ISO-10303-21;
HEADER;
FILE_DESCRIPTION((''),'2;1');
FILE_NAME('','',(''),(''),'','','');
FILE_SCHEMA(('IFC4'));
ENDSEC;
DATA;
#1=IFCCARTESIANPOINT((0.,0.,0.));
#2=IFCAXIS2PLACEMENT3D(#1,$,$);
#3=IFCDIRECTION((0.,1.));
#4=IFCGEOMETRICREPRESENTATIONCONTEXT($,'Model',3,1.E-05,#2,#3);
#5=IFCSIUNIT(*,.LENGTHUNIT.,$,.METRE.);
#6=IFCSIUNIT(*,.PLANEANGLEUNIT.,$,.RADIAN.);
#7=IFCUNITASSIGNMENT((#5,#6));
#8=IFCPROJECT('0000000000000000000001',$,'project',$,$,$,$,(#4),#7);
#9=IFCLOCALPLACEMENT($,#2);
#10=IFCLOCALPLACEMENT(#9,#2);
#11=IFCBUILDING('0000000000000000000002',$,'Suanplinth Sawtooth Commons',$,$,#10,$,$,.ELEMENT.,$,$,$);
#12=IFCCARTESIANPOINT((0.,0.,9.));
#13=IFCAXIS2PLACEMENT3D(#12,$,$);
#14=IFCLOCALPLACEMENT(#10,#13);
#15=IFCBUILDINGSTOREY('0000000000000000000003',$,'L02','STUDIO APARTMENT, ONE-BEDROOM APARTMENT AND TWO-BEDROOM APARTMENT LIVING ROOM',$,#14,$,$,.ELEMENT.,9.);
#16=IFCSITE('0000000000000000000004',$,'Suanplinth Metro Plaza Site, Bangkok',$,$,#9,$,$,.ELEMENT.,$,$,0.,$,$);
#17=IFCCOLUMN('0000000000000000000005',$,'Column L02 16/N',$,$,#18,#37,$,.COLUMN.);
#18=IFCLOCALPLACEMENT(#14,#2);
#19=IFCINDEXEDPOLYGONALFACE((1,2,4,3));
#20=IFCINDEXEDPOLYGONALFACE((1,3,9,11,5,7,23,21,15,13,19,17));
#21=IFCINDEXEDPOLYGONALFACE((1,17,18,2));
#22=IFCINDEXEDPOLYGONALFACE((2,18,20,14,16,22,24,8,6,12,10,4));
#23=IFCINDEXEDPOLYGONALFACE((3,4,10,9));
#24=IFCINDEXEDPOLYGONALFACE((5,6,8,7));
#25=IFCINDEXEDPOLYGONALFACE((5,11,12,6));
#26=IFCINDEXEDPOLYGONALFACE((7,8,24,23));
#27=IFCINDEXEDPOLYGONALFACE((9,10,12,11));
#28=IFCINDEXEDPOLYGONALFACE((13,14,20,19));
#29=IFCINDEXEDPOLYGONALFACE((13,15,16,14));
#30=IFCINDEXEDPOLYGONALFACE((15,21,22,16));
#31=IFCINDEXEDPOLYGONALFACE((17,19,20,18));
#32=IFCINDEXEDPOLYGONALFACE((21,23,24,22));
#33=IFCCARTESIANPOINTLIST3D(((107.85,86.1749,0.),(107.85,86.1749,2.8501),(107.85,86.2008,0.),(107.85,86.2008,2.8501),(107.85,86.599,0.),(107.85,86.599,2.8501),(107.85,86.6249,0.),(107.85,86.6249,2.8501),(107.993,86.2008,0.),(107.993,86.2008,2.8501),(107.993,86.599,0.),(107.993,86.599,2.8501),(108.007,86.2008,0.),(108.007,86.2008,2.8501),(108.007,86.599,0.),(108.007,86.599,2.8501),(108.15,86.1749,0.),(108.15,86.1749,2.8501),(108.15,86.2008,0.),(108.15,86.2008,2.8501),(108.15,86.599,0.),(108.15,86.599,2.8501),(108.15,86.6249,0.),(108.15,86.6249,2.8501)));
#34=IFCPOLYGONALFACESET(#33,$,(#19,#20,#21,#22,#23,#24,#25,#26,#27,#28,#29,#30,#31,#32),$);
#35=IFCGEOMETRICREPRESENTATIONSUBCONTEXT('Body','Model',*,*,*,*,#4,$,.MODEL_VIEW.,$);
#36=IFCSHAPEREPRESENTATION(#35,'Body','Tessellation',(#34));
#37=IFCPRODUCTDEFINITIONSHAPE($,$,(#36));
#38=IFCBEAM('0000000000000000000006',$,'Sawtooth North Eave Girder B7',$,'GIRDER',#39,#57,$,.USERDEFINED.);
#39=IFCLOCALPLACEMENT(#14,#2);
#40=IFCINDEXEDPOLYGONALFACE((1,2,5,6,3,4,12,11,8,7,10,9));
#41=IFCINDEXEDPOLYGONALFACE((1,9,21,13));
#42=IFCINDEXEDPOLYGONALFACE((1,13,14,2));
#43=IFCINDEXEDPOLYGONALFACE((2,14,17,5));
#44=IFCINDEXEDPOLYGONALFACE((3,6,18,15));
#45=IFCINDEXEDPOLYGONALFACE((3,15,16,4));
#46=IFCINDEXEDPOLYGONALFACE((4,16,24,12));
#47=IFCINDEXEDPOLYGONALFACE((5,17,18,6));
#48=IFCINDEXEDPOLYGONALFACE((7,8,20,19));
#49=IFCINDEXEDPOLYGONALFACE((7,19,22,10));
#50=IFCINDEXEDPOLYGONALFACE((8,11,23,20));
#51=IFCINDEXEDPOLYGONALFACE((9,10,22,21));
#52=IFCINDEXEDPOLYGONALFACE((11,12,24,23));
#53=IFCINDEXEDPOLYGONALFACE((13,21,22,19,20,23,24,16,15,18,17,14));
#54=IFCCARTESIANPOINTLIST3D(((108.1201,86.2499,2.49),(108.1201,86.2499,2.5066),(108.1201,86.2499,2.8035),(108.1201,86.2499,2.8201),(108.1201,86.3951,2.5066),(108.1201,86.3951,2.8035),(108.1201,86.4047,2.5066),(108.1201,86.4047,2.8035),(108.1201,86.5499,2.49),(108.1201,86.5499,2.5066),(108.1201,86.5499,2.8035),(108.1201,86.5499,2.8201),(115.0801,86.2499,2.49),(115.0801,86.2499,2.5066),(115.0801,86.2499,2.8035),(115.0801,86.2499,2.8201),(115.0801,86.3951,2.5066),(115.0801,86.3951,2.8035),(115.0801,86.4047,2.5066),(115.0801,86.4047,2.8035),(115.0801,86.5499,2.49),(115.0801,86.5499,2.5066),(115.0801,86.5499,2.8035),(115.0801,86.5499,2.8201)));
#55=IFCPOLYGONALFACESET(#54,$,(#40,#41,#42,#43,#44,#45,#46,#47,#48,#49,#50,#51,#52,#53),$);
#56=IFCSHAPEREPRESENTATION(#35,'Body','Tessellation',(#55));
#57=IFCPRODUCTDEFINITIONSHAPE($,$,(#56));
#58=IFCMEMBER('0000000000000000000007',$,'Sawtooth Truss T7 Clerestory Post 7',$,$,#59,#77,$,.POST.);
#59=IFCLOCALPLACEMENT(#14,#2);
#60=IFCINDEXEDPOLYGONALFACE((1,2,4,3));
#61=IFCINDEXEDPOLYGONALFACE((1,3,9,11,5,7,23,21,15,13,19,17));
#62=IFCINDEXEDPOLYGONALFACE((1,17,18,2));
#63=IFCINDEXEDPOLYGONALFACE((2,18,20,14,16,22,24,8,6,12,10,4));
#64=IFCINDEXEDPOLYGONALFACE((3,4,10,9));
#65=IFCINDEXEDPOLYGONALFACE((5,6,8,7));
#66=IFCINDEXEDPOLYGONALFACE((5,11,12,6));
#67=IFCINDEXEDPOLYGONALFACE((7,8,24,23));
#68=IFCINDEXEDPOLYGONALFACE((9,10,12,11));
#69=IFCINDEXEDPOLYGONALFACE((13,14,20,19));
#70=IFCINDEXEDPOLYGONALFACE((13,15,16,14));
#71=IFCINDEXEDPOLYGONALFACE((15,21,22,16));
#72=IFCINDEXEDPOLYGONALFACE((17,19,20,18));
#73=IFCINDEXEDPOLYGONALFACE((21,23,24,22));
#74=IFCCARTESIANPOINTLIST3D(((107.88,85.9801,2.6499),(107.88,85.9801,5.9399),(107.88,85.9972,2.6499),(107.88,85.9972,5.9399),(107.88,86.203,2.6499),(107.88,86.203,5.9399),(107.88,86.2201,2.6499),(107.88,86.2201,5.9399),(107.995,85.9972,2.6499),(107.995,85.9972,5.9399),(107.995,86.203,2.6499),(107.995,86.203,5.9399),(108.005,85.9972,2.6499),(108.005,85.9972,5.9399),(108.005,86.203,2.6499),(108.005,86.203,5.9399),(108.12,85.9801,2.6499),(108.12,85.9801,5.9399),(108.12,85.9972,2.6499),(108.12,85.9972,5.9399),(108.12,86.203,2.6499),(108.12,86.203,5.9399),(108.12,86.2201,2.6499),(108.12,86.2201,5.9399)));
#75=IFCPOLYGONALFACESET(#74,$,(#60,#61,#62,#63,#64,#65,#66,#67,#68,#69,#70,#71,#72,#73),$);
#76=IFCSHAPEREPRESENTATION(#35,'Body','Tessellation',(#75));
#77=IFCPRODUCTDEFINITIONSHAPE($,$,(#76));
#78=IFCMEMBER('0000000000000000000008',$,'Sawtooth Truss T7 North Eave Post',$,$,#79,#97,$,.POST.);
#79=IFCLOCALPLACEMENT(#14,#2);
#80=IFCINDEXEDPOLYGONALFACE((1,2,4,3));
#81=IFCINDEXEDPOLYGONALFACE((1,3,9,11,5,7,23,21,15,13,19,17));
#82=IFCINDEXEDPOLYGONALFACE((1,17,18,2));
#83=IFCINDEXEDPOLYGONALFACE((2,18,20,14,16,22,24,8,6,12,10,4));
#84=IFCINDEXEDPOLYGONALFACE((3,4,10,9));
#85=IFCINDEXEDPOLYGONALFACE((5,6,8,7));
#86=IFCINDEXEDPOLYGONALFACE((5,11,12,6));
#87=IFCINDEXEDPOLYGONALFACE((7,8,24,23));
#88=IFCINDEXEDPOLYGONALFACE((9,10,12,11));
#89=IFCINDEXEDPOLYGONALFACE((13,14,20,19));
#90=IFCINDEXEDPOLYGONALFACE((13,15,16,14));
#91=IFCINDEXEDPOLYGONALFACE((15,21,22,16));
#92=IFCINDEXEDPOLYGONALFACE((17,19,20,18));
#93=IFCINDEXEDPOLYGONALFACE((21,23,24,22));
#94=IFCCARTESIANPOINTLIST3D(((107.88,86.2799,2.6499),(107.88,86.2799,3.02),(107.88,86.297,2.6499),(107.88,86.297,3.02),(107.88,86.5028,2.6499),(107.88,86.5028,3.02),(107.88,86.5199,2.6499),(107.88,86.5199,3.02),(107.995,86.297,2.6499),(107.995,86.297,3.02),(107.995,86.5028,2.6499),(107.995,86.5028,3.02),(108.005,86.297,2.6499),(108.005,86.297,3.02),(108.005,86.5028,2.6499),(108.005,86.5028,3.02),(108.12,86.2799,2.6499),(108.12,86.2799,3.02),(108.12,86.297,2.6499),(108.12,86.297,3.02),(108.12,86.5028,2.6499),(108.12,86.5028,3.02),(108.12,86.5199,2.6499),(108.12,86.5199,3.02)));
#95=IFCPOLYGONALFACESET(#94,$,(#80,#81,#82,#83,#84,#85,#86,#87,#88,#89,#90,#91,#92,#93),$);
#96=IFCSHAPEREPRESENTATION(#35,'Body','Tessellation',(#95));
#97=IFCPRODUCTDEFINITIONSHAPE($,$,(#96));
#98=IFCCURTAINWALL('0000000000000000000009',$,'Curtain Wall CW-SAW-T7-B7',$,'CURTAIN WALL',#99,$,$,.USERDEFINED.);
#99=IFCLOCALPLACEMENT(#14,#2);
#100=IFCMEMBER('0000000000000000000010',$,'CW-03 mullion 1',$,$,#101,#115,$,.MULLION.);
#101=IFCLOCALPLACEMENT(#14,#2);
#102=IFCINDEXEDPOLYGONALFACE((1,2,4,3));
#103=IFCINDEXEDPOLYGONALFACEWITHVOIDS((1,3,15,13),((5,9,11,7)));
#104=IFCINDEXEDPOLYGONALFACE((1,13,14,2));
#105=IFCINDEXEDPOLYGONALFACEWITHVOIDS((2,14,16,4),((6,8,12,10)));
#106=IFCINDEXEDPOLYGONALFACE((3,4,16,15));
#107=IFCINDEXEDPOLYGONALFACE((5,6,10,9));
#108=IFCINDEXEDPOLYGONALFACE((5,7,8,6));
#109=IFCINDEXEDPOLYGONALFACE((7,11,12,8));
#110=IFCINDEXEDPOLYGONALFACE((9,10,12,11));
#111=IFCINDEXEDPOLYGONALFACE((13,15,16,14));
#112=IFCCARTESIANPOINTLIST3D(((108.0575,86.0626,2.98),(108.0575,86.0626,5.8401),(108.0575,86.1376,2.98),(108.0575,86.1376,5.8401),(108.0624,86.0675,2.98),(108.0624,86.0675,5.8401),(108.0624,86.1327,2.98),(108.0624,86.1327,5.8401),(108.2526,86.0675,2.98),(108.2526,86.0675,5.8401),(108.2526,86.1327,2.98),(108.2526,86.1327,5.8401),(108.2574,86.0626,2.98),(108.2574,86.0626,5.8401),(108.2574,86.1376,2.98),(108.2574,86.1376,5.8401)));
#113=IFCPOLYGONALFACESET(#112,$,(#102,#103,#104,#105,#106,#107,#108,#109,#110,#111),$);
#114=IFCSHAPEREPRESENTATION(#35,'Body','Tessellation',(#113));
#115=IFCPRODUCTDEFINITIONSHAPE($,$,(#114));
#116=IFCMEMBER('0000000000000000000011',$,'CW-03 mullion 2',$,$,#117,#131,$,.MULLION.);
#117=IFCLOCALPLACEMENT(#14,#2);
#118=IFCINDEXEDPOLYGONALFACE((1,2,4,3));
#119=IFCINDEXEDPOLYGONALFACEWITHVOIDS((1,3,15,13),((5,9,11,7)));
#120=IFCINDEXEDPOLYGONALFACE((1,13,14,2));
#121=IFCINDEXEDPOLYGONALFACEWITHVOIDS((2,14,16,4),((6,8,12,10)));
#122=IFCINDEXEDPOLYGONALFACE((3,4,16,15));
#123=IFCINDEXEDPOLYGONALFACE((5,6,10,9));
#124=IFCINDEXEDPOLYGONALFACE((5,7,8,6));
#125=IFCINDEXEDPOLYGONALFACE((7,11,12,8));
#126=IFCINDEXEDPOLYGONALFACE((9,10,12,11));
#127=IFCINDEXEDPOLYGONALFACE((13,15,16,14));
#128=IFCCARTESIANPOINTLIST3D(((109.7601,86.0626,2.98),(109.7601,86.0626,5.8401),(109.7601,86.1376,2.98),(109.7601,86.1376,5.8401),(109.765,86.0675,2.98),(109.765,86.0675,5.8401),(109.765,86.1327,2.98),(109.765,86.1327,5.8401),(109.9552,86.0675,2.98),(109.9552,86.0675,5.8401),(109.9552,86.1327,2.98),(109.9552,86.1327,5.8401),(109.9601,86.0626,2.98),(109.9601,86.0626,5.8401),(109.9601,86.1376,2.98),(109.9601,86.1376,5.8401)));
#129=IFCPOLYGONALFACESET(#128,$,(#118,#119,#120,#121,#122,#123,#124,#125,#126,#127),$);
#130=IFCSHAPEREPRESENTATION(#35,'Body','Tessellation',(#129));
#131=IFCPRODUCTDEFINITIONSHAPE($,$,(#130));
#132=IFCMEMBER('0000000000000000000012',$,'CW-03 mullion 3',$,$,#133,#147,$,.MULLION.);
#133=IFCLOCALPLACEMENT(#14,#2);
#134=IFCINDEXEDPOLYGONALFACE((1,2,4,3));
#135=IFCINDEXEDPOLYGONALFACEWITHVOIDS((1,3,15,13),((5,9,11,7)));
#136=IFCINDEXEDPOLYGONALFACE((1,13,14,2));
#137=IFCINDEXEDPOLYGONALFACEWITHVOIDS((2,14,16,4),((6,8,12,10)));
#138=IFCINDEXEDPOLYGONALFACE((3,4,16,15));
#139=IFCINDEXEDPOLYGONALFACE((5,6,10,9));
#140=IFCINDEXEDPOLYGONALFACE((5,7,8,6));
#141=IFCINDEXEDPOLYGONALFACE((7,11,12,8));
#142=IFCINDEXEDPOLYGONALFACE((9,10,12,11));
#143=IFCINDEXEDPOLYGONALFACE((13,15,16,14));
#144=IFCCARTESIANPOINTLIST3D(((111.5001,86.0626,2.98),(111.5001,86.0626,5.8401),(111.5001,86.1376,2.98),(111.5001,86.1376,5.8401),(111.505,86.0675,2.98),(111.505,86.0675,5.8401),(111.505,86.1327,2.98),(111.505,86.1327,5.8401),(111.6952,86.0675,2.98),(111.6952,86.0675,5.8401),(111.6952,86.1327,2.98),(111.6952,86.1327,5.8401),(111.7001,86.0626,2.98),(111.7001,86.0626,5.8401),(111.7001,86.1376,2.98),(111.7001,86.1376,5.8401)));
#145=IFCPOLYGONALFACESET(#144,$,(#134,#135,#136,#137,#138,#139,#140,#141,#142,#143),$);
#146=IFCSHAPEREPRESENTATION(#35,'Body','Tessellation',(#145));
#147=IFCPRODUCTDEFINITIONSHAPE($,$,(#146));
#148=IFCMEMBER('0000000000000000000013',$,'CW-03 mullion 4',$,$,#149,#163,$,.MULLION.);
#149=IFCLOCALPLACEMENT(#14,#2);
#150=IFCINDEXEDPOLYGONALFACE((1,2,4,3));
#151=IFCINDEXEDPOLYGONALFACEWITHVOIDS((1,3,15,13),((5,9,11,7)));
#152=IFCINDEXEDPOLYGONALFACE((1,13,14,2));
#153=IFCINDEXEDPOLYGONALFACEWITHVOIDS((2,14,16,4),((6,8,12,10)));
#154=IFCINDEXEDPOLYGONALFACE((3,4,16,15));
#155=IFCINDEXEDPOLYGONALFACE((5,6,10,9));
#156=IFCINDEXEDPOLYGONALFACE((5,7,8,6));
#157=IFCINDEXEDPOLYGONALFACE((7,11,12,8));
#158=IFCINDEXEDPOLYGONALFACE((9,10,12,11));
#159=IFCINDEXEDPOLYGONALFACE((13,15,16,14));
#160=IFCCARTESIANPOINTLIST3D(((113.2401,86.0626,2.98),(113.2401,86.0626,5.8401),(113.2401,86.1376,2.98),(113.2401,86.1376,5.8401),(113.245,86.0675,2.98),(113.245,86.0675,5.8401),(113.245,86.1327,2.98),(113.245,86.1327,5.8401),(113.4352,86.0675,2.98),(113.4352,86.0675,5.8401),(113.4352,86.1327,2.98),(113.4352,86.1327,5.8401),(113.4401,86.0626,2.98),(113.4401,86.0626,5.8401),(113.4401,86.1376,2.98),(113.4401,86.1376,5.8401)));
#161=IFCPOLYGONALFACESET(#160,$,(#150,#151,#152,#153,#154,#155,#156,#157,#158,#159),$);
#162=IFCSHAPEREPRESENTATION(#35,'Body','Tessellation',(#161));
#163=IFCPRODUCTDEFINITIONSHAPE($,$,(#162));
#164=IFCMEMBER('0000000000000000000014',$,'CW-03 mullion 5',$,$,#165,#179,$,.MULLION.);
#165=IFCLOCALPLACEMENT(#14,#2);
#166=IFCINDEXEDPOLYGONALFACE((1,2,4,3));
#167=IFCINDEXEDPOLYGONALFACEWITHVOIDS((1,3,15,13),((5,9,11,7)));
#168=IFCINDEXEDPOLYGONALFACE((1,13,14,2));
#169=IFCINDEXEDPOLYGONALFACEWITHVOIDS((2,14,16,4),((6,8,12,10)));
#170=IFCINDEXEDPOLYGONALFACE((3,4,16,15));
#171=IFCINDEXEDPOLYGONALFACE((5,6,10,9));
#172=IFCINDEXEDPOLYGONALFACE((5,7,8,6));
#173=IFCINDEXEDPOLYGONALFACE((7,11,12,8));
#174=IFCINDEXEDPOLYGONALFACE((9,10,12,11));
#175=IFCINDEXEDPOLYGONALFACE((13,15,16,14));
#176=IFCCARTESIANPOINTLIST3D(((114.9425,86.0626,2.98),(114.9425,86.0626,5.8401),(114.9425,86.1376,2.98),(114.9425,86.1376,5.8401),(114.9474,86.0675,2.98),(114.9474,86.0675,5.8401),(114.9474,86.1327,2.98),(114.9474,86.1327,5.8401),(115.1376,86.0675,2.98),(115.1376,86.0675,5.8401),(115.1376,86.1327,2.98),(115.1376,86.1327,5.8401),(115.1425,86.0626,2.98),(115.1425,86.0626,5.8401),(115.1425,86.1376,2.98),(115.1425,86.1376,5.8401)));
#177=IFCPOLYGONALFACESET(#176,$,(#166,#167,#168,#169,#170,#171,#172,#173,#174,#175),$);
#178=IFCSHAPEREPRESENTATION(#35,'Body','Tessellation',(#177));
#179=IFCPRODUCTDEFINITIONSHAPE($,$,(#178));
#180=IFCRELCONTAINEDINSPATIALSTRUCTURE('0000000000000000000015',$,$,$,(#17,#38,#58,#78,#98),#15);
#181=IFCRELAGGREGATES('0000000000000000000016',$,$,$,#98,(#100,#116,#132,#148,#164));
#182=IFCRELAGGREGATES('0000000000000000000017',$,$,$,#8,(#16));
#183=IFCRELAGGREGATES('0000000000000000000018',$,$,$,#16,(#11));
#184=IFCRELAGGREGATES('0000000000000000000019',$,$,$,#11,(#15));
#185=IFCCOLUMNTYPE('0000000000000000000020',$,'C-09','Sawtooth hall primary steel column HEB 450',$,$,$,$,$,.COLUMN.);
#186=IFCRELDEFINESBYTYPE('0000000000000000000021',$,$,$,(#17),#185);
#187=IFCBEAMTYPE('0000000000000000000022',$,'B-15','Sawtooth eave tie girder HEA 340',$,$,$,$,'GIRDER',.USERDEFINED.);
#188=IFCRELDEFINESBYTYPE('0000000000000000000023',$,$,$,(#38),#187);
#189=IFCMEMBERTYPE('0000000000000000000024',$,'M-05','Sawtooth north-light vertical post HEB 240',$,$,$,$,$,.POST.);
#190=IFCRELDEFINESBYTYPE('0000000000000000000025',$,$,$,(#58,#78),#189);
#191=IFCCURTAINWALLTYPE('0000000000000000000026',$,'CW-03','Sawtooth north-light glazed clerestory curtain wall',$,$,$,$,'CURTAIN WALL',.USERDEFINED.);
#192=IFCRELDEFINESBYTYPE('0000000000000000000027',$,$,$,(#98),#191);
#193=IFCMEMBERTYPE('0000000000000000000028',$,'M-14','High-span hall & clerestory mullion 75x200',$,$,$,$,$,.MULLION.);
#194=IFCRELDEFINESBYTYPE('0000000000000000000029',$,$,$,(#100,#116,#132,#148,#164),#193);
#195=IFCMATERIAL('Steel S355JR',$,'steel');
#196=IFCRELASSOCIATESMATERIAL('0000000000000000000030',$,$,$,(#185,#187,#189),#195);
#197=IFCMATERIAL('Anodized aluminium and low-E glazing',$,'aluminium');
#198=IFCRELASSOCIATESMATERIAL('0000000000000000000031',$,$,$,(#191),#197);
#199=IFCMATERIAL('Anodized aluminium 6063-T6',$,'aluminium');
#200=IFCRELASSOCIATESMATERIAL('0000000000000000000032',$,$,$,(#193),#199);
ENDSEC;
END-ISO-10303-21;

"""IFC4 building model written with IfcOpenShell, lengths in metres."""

from ifc_helpers import new_model, si_unit, direction, frame, origin, origin_2d, place, context, subcontext, project, spatial, hollow_rectangle, i_section, extrude, material, material_profile, profile_set, type_object, element, aggregate, save


model = new_model("IFC4")

# Units and contexts
model_context = context("Model", 3, precision=1e-05, world=origin(), true_north=direction((0.0, 1.0)))
body_context = subcontext(model_context, "Body", "Model", "MODEL_VIEW")
ifc_project = project(units=[si_unit("LENGTHUNIT", "METRE"), si_unit("PLANEANGLEUNIT", "RADIAN")], contexts=[model_context])

# Site, building, storey
site_placement = place(None, origin())
site = spatial("IfcSite", under=ifc_project, at=site_placement, Name="Suanplinth Metro Plaza Site, Bangkok", CompositionType="ELEMENT", RefElevation=0.0)
building_placement = place(site_placement, origin())
building = spatial("IfcBuilding", under=site, at=building_placement, Name="Suanplinth Sawtooth Commons", CompositionType="ELEMENT")
storey_placement = place(building_placement, frame((0.0, 0.0, 9.0)))
storey = spatial("IfcBuildingStorey", under=building, at=storey_placement, Name="L02", Description="STUDIO APARTMENT, ONE-BEDROOM APARTMENT AND TWO-BEDROOM APARTMENT LIVING ROOM", CompositionType="ELEMENT", Elevation=9.0)

# Column
ifc_material_1 = material(Name="Steel S355JR", Category="steel")
ifc_material_profile_1 = material_profile(ifc_material_1, i_section(OverallWidth=0.3, OverallDepth=0.45, WebThickness=0.0139, FlangeThickness=0.0259, at=origin_2d()), Name="HEB 450")
ifc_profile_set_1 = profile_set([ifc_material_profile_1], Name="Steel S355JR")
column_type = type_object("IfcColumnType", Name="C-09", Description="Sawtooth hall primary steel column HEB 450", PredefinedType="COLUMN", material=ifc_profile_set_1)
column_placement = place(storey_placement, frame((108.0, 86.3999, 0.0), z_axis=(0.0, 0.0, 1.0), x_axis=(1.0, 0.0, 0.0)))
element("IfcColumn", 1, at=column_placement, inside=storey, type_object=column_type, Name="Column L02 16/N", PredefinedType="COLUMN", context=body_context, shape_type="SweptSolid", body=[
    extrude(i_section(OverallWidth=0.3, OverallDepth=0.45, WebThickness=0.0139, FlangeThickness=0.0259, at=origin_2d()), origin(), (0.0, 0.0, 1.0), 2.8501),
])

# Beam
ifc_material_profile_2 = material_profile(ifc_material_1, i_section(OverallWidth=0.3, OverallDepth=0.3301, WebThickness=0.0095, FlangeThickness=0.0166, at=origin_2d()), Name="HEA 340")
ifc_profile_set_2 = profile_set([ifc_material_profile_2], Name="Steel S355JR")
beam_type = type_object("IfcBeamType", Name="B-15", Description="Sawtooth eave tie girder HEA 340", ElementType="GIRDER", PredefinedType="USERDEFINED", material=ifc_profile_set_2)
beam_placement = place(storey_placement, frame((108.1201, 86.3999, 2.655), z_axis=(1.0, 0.0, 0.0), x_axis=(0.0, 1.0, 0.0)))
element("IfcBeam", 2, at=beam_placement, inside=storey, type_object=beam_type, Name="Sawtooth North Eave Girder B7", ObjectType="GIRDER", PredefinedType="USERDEFINED", context=body_context, shape_type="SweptSolid", body=[
    extrude(i_section(OverallWidth=0.3, OverallDepth=0.3301, WebThickness=0.0095, FlangeThickness=0.0166, at=origin_2d()), origin(), (0.0, 0.0, 1.0), 6.96),
])

# Members
ifc_material_profile_3 = material_profile(ifc_material_1, i_section(OverallWidth=0.24, OverallDepth=0.24, WebThickness=0.01, FlangeThickness=0.0171, at=origin_2d()), Name="HEB 240")
ifc_profile_set_3 = profile_set([ifc_material_profile_3], Name="Steel S355JR")
member_type_1 = type_object("IfcMemberType", Name="M-05", Description="Sawtooth north-light vertical post HEB 240", PredefinedType="POST", material=ifc_profile_set_3)
member_1_placement = place(storey_placement, frame((108.0, 86.1001, 2.6499), z_axis=(0.0, 0.0, 1.0), x_axis=(1.0, 0.0, 0.0)))
element("IfcMember", 3, at=member_1_placement, inside=storey, type_object=member_type_1, Name="Sawtooth Truss T7 Clerestory Post 7", PredefinedType="POST", context=body_context, shape_type="SweptSolid", body=[
    extrude(i_section(OverallWidth=0.24, OverallDepth=0.24, WebThickness=0.01, FlangeThickness=0.0171, at=origin_2d()), origin(), (0.0, 0.0, 1.0), 3.29),
])
member_2_placement = place(storey_placement, frame((108.0, 86.3999, 2.6499), z_axis=(0.0, 0.0, 1.0), x_axis=(1.0, 0.0, 0.0)))
element("IfcMember", 4, at=member_2_placement, inside=storey, type_object=member_type_1, Name="Sawtooth Truss T7 North Eave Post", PredefinedType="POST", context=body_context, shape_type="SweptSolid", body=[
    extrude(i_section(OverallWidth=0.24, OverallDepth=0.24, WebThickness=0.01, FlangeThickness=0.0171, at=origin_2d()), origin(), (0.0, 0.0, 1.0), 0.3701),
])

# Curtain wall, members
ifc_material_2 = material(Name="Anodized aluminium and low-E glazing", Category="aluminium")
curtain_wall_type = type_object("IfcCurtainWallType", Name="CW-03", Description="Sawtooth north-light glazed clerestory curtain wall", ElementType="CURTAIN WALL", PredefinedType="USERDEFINED", material=ifc_material_2)
curtain_wall_placement = place(storey_placement, origin())
curtain_wall = element("IfcCurtainWall", 5, at=curtain_wall_placement, inside=storey, type_object=curtain_wall_type, Name="Curtain Wall CW-SAW-T7-B7", ObjectType="CURTAIN WALL", PredefinedType="USERDEFINED")
ifc_material_3 = material(Name="Anodized aluminium 6063-T6", Category="aluminium")
ifc_material_profile_4 = material_profile(ifc_material_3, hollow_rectangle(XDim=0.075, YDim=0.2, WallThickness=0.0049, at=origin_2d()), Name="ALU-MUL 75x200")
ifc_profile_set_4 = profile_set([ifc_material_profile_4], Name="Anodized aluminium 6063-T6")
member_type_2 = type_object("IfcMemberType", Name="M-14", Description="High-span hall & clerestory mullion 75x200", PredefinedType="MULLION", material=ifc_profile_set_4)
member_3_placement = place(storey_placement, frame((108.1575, 86.1001, 2.98), z_axis=(0.0, 0.0, 1.0), x_axis=(0.0, 1.0, 0.0)))
member_3 = element("IfcMember", 6, at=member_3_placement, type_object=member_type_2, Name="CW-03 mullion 1", PredefinedType="MULLION", context=body_context, shape_type="SweptSolid", body=[
    extrude(hollow_rectangle(XDim=0.075, YDim=0.2, WallThickness=0.0049, at=origin_2d()), origin(), (0.0, 0.0, 1.0), 2.8601),
])
member_4_placement = place(storey_placement, frame((109.8601, 86.1001, 2.98), z_axis=(0.0, 0.0, 1.0), x_axis=(0.0, 1.0, 0.0)))
member_4 = element("IfcMember", 7, at=member_4_placement, type_object=member_type_2, Name="CW-03 mullion 2", PredefinedType="MULLION", context=body_context, shape_type="SweptSolid", body=[
    extrude(hollow_rectangle(XDim=0.075, YDim=0.2, WallThickness=0.0049, at=origin_2d()), origin(), (0.0, 0.0, 1.0), 2.8601),
])
member_5_placement = place(storey_placement, frame((111.6001, 86.1001, 2.98), z_axis=(0.0, 0.0, 1.0), x_axis=(0.0, 1.0, 0.0)))
member_5 = element("IfcMember", 8, at=member_5_placement, type_object=member_type_2, Name="CW-03 mullion 3", PredefinedType="MULLION", context=body_context, shape_type="SweptSolid", body=[
    extrude(hollow_rectangle(XDim=0.075, YDim=0.2, WallThickness=0.0049, at=origin_2d()), origin(), (0.0, 0.0, 1.0), 2.8601),
])
member_6_placement = place(storey_placement, frame((113.3401, 86.1001, 2.98), z_axis=(0.0, 0.0, 1.0), x_axis=(0.0, 1.0, 0.0)))
member_6 = element("IfcMember", 9, at=member_6_placement, type_object=member_type_2, Name="CW-03 mullion 4", PredefinedType="MULLION", context=body_context, shape_type="SweptSolid", body=[
    extrude(hollow_rectangle(XDim=0.075, YDim=0.2, WallThickness=0.0049, at=origin_2d()), origin(), (0.0, 0.0, 1.0), 2.8601),
])
member_7_placement = place(storey_placement, frame((115.0425, 86.1001, 2.98), z_axis=(0.0, 0.0, 1.0), x_axis=(0.0, 1.0, 0.0)))
member_7 = element("IfcMember", 10, at=member_7_placement, type_object=member_type_2, Name="CW-03 mullion 5", PredefinedType="MULLION", context=body_context, shape_type="SweptSolid", body=[
    extrude(hollow_rectangle(XDim=0.075, YDim=0.2, WallThickness=0.0049, at=origin_2d()), origin(), (0.0, 0.0, 1.0), 2.8601),
])

aggregate(curtain_wall, [member_3, member_4, member_5, member_6, member_7])

save(model, "model.ifc")
